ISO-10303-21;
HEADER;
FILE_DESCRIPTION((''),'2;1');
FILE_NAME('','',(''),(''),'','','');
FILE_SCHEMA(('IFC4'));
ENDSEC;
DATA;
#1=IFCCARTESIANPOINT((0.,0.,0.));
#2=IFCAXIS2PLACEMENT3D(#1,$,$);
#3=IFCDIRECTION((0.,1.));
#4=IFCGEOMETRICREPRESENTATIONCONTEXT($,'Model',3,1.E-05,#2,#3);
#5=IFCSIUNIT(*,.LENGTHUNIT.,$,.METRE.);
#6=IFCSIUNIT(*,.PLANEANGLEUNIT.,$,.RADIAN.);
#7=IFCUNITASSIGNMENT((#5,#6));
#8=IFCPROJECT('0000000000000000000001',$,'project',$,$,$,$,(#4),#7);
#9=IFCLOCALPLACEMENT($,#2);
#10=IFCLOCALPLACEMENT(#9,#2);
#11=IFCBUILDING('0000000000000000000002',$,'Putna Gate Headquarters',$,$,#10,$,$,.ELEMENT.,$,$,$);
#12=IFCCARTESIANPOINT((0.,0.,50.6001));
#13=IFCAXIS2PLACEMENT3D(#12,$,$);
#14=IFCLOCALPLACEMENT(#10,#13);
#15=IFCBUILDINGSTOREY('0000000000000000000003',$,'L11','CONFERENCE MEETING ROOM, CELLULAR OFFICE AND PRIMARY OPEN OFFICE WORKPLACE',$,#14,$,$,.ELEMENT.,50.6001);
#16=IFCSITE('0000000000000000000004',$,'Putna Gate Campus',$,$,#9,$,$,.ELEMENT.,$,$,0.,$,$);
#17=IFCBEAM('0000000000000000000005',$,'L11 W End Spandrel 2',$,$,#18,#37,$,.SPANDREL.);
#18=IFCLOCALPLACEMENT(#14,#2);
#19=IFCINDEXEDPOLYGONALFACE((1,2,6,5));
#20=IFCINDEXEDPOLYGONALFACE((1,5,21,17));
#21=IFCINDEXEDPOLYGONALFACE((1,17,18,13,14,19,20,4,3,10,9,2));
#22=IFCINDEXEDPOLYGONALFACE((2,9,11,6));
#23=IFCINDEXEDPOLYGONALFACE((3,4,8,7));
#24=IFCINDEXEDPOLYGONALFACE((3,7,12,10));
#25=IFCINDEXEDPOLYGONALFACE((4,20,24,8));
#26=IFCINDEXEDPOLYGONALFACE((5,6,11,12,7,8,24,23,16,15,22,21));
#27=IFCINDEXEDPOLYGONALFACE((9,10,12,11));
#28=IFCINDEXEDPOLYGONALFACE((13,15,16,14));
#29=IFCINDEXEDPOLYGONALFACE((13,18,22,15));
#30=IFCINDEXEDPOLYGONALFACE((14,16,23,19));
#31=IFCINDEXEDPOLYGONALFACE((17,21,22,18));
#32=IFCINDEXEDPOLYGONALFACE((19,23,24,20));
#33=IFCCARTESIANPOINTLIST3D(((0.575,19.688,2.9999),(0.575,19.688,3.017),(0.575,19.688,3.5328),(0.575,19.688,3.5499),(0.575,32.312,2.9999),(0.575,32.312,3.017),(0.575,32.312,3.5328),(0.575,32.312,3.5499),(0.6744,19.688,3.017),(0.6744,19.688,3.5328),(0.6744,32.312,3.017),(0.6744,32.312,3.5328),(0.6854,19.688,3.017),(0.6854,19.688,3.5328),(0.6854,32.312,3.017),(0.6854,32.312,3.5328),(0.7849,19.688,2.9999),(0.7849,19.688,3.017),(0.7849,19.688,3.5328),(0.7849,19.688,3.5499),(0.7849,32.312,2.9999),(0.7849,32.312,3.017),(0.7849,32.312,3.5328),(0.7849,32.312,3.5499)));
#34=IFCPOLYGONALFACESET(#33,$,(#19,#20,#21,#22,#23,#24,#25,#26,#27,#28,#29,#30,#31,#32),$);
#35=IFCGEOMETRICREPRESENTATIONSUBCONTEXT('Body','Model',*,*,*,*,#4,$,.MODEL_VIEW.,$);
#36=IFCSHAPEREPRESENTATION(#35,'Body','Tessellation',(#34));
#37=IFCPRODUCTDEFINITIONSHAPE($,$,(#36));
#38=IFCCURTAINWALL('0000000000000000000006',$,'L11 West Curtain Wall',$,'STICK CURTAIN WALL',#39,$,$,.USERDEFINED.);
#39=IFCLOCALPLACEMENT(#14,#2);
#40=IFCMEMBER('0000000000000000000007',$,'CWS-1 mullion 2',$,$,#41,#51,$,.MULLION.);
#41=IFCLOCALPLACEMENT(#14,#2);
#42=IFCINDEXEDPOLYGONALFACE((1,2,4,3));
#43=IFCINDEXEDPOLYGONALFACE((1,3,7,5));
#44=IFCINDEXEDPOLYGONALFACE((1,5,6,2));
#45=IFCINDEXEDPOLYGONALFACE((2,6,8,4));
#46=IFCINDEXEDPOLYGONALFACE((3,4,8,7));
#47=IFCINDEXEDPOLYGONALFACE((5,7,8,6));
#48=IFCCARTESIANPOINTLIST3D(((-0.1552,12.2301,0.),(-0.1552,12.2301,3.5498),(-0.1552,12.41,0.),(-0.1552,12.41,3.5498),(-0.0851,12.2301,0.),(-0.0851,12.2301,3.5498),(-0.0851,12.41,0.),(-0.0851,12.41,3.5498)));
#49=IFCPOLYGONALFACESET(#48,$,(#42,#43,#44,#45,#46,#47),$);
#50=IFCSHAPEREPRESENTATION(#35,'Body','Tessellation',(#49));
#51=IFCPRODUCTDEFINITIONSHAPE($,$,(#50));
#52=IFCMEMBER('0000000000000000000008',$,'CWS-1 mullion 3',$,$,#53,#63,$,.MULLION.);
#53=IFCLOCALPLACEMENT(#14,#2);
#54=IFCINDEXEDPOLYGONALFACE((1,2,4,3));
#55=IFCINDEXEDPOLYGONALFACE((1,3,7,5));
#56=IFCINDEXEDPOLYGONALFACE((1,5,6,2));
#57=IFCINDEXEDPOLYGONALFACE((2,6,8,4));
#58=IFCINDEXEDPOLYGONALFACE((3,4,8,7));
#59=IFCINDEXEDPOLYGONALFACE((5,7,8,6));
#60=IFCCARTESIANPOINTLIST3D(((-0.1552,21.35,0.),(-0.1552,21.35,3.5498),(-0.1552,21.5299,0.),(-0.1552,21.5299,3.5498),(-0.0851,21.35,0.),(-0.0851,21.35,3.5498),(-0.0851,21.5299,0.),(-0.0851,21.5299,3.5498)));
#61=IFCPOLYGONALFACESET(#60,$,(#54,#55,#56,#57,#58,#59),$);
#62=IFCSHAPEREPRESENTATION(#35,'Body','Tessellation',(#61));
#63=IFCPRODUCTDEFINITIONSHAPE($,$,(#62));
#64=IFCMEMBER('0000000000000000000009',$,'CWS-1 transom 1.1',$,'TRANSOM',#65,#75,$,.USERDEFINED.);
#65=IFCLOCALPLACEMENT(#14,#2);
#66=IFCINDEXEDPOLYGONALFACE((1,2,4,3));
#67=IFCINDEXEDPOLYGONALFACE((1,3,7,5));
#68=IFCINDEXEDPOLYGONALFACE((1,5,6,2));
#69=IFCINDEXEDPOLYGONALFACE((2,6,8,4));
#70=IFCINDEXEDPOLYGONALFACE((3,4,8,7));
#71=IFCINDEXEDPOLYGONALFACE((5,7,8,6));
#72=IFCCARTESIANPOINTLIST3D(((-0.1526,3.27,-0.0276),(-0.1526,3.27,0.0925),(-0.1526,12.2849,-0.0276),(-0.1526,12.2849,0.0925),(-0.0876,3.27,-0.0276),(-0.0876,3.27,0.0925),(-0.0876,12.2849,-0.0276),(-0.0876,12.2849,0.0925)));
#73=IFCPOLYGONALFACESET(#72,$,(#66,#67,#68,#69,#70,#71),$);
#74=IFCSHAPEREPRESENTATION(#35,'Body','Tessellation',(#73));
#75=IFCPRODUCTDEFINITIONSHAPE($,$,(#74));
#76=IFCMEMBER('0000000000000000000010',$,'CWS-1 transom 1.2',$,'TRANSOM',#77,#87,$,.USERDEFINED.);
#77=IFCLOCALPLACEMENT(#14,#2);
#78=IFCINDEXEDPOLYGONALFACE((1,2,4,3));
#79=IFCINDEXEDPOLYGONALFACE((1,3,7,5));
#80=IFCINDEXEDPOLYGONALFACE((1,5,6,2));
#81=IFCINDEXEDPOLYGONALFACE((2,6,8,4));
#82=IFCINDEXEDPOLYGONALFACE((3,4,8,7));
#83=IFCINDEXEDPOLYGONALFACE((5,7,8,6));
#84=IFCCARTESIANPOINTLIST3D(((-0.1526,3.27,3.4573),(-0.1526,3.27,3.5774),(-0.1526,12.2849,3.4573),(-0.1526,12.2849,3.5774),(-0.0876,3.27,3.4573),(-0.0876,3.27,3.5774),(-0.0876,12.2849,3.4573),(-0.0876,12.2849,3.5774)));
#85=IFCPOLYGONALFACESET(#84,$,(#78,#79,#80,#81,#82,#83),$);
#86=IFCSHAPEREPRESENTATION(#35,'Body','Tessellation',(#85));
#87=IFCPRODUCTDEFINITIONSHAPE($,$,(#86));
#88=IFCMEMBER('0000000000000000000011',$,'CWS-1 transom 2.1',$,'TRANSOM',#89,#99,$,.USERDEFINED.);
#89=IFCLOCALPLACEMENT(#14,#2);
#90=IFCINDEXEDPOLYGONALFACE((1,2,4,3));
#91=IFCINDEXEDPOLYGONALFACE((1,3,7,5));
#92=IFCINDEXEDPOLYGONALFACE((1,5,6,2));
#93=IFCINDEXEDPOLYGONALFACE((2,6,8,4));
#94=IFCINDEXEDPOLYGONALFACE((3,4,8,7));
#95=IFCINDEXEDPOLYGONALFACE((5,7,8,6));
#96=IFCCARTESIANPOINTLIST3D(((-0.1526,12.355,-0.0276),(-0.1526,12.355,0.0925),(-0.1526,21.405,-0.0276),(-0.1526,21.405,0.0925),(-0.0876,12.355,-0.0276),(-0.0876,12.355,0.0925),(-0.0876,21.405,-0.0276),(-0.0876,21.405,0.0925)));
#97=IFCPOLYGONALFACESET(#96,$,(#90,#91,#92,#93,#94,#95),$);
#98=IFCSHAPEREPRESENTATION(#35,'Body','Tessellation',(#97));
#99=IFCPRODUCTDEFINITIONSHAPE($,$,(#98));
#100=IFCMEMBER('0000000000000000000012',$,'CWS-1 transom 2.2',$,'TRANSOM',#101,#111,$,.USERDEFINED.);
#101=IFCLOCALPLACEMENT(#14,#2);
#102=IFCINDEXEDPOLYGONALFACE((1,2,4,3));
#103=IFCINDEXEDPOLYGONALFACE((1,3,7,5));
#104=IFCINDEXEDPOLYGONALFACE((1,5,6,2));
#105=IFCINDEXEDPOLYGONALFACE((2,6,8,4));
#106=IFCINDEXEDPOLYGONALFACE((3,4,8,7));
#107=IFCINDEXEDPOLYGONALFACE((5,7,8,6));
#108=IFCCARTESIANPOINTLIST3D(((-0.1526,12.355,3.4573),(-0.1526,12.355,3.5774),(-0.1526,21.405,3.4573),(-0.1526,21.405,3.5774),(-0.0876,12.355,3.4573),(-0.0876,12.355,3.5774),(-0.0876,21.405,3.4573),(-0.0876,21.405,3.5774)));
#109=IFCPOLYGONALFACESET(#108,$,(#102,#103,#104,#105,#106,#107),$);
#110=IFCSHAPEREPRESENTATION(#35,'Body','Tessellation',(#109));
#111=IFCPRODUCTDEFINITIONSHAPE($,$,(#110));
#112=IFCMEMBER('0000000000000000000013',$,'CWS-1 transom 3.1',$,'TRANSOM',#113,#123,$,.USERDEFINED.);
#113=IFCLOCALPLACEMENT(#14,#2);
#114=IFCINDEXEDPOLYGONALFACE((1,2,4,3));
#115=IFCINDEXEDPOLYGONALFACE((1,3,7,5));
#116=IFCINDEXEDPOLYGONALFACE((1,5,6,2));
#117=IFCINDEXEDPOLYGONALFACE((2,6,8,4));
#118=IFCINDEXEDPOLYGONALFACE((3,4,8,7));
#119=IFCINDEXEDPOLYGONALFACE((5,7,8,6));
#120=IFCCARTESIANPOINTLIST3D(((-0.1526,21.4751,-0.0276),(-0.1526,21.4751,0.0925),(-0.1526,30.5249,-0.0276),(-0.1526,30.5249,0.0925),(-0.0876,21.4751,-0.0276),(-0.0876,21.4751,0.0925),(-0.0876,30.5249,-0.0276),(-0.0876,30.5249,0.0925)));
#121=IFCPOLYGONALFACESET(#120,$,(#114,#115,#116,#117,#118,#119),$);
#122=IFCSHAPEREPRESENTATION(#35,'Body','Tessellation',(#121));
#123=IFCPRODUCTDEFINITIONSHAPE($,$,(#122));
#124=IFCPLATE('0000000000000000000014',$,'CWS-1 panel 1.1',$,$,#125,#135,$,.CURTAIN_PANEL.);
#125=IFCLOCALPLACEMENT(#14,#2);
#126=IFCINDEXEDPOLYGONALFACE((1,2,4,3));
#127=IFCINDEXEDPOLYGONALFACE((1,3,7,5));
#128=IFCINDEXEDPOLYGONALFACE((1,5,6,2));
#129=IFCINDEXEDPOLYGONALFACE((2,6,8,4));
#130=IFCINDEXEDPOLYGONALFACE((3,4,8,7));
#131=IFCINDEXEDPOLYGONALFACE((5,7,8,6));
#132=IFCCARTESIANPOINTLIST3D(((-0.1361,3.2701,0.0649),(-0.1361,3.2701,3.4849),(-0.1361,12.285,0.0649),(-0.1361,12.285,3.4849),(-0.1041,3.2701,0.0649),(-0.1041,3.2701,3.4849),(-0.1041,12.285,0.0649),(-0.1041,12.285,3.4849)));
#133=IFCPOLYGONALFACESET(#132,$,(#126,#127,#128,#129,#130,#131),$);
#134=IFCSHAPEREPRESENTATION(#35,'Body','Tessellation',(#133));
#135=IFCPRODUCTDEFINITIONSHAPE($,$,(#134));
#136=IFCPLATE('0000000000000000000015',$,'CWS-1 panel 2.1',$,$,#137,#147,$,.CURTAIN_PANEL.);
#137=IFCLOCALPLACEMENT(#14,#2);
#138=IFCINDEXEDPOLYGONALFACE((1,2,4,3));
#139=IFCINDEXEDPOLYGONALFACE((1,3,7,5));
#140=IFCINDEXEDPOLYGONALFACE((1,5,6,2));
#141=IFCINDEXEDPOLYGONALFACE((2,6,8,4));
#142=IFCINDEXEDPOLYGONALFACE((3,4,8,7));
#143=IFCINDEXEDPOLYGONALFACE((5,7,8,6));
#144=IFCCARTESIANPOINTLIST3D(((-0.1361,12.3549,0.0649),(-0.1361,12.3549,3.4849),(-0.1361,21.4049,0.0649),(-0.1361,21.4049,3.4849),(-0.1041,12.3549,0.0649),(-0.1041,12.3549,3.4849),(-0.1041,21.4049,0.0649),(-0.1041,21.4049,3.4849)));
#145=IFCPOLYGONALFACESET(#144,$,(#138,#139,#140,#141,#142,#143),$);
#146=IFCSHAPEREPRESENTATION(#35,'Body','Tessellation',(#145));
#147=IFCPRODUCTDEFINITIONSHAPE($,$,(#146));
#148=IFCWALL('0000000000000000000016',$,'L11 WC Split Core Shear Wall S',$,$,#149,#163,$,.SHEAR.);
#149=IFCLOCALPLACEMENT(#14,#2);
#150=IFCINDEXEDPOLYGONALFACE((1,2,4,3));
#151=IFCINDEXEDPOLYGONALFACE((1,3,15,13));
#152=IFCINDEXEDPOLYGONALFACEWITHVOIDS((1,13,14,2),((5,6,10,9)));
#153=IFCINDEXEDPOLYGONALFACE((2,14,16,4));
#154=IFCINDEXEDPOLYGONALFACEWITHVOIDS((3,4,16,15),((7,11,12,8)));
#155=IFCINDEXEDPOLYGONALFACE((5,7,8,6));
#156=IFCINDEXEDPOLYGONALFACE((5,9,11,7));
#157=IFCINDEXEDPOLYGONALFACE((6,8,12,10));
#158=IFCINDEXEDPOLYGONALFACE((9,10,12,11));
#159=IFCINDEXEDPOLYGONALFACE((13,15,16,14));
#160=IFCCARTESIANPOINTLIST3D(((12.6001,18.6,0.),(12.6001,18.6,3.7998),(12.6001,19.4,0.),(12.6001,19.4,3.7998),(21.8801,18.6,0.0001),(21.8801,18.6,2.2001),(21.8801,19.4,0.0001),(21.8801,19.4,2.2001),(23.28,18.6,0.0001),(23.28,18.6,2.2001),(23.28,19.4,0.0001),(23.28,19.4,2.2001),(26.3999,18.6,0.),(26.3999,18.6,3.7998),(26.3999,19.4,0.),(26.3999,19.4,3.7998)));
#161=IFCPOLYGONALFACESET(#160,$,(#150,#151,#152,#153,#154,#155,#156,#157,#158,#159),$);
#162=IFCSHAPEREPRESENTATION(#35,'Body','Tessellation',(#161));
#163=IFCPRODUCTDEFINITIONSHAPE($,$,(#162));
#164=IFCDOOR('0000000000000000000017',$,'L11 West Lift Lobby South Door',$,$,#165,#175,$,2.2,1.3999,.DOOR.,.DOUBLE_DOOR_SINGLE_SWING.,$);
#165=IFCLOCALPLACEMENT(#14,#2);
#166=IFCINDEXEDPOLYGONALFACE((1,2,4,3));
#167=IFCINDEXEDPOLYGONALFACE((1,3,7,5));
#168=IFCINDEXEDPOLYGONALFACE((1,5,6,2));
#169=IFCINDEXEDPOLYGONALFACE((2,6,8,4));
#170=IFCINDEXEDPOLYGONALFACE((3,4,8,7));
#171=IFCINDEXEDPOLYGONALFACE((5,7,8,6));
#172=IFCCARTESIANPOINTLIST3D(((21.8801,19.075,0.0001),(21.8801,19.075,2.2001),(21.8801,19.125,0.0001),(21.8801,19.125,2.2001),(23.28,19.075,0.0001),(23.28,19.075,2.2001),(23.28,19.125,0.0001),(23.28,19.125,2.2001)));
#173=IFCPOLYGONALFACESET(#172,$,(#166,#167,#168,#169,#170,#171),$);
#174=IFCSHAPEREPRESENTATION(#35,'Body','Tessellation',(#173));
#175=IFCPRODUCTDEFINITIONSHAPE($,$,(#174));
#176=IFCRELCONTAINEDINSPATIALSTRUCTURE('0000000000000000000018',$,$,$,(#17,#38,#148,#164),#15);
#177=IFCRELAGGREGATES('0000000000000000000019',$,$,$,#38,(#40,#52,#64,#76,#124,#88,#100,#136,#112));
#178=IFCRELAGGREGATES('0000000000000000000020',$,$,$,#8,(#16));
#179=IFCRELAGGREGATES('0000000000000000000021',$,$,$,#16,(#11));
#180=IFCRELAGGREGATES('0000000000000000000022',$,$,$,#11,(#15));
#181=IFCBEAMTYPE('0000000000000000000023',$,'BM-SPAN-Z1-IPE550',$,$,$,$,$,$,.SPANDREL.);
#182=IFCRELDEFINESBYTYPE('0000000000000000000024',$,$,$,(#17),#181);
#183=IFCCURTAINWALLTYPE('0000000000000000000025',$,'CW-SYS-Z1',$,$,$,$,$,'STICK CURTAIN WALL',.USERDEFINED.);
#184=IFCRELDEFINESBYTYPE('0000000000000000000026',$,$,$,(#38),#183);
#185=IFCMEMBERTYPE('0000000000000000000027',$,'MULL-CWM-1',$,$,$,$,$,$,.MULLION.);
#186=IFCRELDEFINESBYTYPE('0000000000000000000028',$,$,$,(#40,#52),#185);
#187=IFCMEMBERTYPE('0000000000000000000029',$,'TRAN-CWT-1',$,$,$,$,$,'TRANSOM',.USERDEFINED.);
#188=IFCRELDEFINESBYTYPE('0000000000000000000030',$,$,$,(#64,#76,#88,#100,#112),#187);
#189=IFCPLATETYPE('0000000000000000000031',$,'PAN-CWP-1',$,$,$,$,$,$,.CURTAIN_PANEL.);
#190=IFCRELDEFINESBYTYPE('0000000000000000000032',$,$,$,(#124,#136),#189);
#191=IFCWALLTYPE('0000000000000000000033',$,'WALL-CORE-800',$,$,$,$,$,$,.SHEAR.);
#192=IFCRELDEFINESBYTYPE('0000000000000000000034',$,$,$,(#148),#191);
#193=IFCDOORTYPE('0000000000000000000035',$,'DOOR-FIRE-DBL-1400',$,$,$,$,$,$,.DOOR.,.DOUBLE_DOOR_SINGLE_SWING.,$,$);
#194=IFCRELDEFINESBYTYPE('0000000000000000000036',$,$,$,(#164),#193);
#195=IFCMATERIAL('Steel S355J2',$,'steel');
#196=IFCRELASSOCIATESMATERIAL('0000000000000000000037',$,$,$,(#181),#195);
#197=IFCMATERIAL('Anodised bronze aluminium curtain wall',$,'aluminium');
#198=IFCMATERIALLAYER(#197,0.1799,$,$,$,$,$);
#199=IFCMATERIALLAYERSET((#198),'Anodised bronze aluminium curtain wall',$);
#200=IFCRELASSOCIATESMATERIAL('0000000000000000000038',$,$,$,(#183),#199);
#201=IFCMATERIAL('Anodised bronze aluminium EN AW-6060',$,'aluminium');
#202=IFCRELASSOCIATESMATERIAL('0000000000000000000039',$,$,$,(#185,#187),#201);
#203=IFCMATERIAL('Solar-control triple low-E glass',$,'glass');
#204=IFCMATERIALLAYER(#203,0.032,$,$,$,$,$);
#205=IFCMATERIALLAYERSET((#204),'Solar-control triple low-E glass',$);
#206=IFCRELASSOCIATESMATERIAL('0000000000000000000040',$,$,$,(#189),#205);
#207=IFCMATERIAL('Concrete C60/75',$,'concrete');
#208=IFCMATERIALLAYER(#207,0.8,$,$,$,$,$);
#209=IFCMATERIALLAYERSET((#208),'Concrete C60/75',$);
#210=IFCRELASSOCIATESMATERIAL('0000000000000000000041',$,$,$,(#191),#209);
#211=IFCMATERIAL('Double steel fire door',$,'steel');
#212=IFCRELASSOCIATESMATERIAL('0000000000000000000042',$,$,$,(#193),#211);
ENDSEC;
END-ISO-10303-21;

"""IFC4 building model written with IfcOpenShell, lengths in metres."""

from ifc_helpers import new_model, si_unit, direction, frame, frame_2d, origin, origin_2d, place, context, subcontext, project, spatial, rectangle, i_section, extrude, material, layer, layer_set, material_profile, profile_set, type_object, element, fill, aggregate, save


model = new_model("IFC4")

# Units and contexts
model_context = context("Model", 3, precision=1e-05, world=origin(), true_north=direction((0.0, 1.0)))
body_context = subcontext(model_context, "Body", "Model", "MODEL_VIEW")
ifc_project = project(units=[si_unit("LENGTHUNIT", "METRE"), si_unit("PLANEANGLEUNIT", "RADIAN")], contexts=[model_context])

# Site, building, storey
site_placement = place(None, origin())
site = spatial("IfcSite", under=ifc_project, at=site_placement, Name="Putna Gate Campus", CompositionType="ELEMENT", RefElevation=0.0)
building_placement = place(site_placement, origin())
building = spatial("IfcBuilding", under=site, at=building_placement, Name="Putna Gate Headquarters", CompositionType="ELEMENT")
storey_placement = place(building_placement, frame((0.0, 0.0, 50.6001)))
storey = spatial("IfcBuildingStorey", under=building, at=storey_placement, Name="L11", Description="CONFERENCE MEETING ROOM, CELLULAR OFFICE AND PRIMARY OPEN OFFICE WORKPLACE", CompositionType="ELEMENT", Elevation=50.6001)

# Shared definitions
ifc_material_1 = material(Name="Concrete C60/75", Category="concrete")

# Beam
ifc_material_2 = material(Name="Steel S355J2", Category="steel")
ifc_material_profile_1 = material_profile(ifc_material_2, i_section(OverallWidth=0.21, OverallDepth=0.55, WebThickness=0.011, FlangeThickness=0.0171, at=origin_2d()), Name="Steel S355J2")
ifc_profile_set_1 = profile_set([ifc_material_profile_1], Name="Steel S355J2")
beam_type_1 = type_object("IfcBeamType", Name="BM-SPAN-Z1-IPE550", PredefinedType="SPANDREL", material=ifc_profile_set_1)
beam_1_placement = place(storey_placement, frame((0.6799, 19.688, 3.2749), z_axis=(0.0, 1.0, 0.0), x_axis=(-1.0, 0.0, 0.0)))
element("IfcBeam", 1, at=beam_1_placement, inside=storey, type_object=beam_type_1, Name="L11 W End Spandrel 2", PredefinedType="SPANDREL", context=body_context, shape_type="SweptSolid", body=[
    extrude(i_section(OverallWidth=0.21, OverallDepth=0.55, WebThickness=0.011, FlangeThickness=0.0171, at=origin_2d()), origin(), (0.0, 0.0, 1.0), 12.624),
])

# Curtain wall, members, plates
ifc_material_3 = material(Name="Anodised bronze aluminium curtain wall", Category="aluminium")
ifc_layer_1 = layer(ifc_material_3, 0.1799)
ifc_layer_set_1 = layer_set([ifc_layer_1], Name="Anodised bronze aluminium curtain wall")
curtain_wall_type = type_object("IfcCurtainWallType", Name="CW-SYS-Z1", ElementType="STICK CURTAIN WALL", PredefinedType="USERDEFINED", material=ifc_layer_set_1)
curtain_wall_placement = place(storey_placement, origin())
curtain_wall = element("IfcCurtainWall", 2, at=curtain_wall_placement, inside=storey, type_object=curtain_wall_type, Name="L11 West Curtain Wall", ObjectType="STICK CURTAIN WALL", PredefinedType="USERDEFINED")
ifc_material_4 = material(Name="Anodised bronze aluminium EN AW-6060", Category="aluminium")
ifc_material_profile_2 = material_profile(ifc_material_4, rectangle(XDim=0.0701, YDim=0.1799, at=origin_2d()), Name="Anodised bronze aluminium EN AW-6060")
ifc_profile_set_2 = profile_set([ifc_material_profile_2], Name="Anodised bronze aluminium EN AW-6060")
member_type_1 = type_object("IfcMemberType", Name="MULL-CWM-1", PredefinedType="MULLION", material=ifc_profile_set_2)
member_1_placement = place(storey_placement, frame((-0.1201, 12.3201, 0.0), z_axis=(0.0, 0.0, 1.0), x_axis=(-1.0, 0.0, 0.0)))
member_1 = element("IfcMember", 3, at=member_1_placement, type_object=member_type_1, Name="CWS-1 mullion 2", PredefinedType="MULLION", context=body_context, shape_type="SweptSolid", body=[
    extrude(rectangle(XDim=0.0701, YDim=0.1799, at=origin_2d()), origin(), (0.0, 0.0, 1.0), 3.5498),
])
member_2_placement = place(storey_placement, frame((-0.1201, 21.4399, 0.0), z_axis=(0.0, 0.0, 1.0), x_axis=(-1.0, 0.0, 0.0)))
member_2 = element("IfcMember", 4, at=member_2_placement, type_object=member_type_1, Name="CWS-1 mullion 3", PredefinedType="MULLION", context=body_context, shape_type="SweptSolid", body=[
    extrude(rectangle(XDim=0.0701, YDim=0.1799, at=origin_2d()), origin(), (0.0, 0.0, 1.0), 3.5498),
])
ifc_material_profile_3 = material_profile(ifc_material_4, rectangle(XDim=0.0649, YDim=0.1201, at=origin_2d()), Name="Anodised bronze aluminium EN AW-6060")
ifc_profile_set_3 = profile_set([ifc_material_profile_3], Name="Anodised bronze aluminium EN AW-6060")
member_type_2 = type_object("IfcMemberType", Name="TRAN-CWT-1", ElementType="TRANSOM", PredefinedType="USERDEFINED", material=ifc_profile_set_3)
member_3_placement = place(storey_placement, frame((-0.1201, 3.27, 0.0325), z_axis=(0.0, 1.0, 0.0), x_axis=(-1.0, 0.0, 0.0)))
member_3 = element("IfcMember", 5, at=member_3_placement, type_object=member_type_2, Name="CWS-1 transom 1.1", ObjectType="TRANSOM", PredefinedType="USERDEFINED", context=body_context, shape_type="SweptSolid", body=[
    extrude(rectangle(XDim=0.0649, YDim=0.1201, at=origin_2d()), origin(), (0.0, 0.0, 1.0), 9.0149),
])
member_4_placement = place(storey_placement, frame((-0.1201, 3.27, 3.5173), z_axis=(0.0, 1.0, 0.0), x_axis=(-1.0, 0.0, 0.0)))
member_4 = element("IfcMember", 6, at=member_4_placement, type_object=member_type_2, Name="CWS-1 transom 1.2", ObjectType="TRANSOM", PredefinedType="USERDEFINED", context=body_context, shape_type="SweptSolid", body=[
    extrude(rectangle(XDim=0.0649, YDim=0.1201, at=origin_2d()), origin(), (0.0, 0.0, 1.0), 9.0149),
])
member_5_placement = place(storey_placement, frame((-0.1201, 12.355, 0.0325), z_axis=(0.0, 1.0, 0.0), x_axis=(-1.0, 0.0, 0.0)))
member_5 = element("IfcMember", 7, at=member_5_placement, type_object=member_type_2, Name="CWS-1 transom 2.1", ObjectType="TRANSOM", PredefinedType="USERDEFINED", context=body_context, shape_type="SweptSolid", body=[
    extrude(rectangle(XDim=0.0649, YDim=0.1201, at=origin_2d()), origin(), (0.0, 0.0, 1.0), 9.05),
])
member_6_placement = place(storey_placement, frame((-0.1201, 12.355, 3.5173), z_axis=(0.0, 1.0, 0.0), x_axis=(-1.0, 0.0, 0.0)))
member_6 = element("IfcMember", 8, at=member_6_placement, type_object=member_type_2, Name="CWS-1 transom 2.2", ObjectType="TRANSOM", PredefinedType="USERDEFINED", context=body_context, shape_type="SweptSolid", body=[
    extrude(rectangle(XDim=0.0649, YDim=0.1201, at=origin_2d()), origin(), (0.0, 0.0, 1.0), 9.05),
])
member_7_placement = place(storey_placement, frame((-0.1201, 21.4751, 0.0325), z_axis=(0.0, 1.0, 0.0), x_axis=(-1.0, 0.0, 0.0)))
member_7 = element("IfcMember", 9, at=member_7_placement, type_object=member_type_2, Name="CWS-1 transom 3.1", ObjectType="TRANSOM", PredefinedType="USERDEFINED", context=body_context, shape_type="SweptSolid", body=[
    extrude(rectangle(XDim=0.0649, YDim=0.1201, at=origin_2d()), origin(), (0.0, 0.0, 1.0), 9.0498),
])
ifc_material_5 = material(Name="Solar-control triple low-E glass", Category="glass")
ifc_layer_2 = layer(ifc_material_5, 0.032)
ifc_layer_set_2 = layer_set([ifc_layer_2], Name="Solar-control triple low-E glass")
plate_type = type_object("IfcPlateType", Name="PAN-CWP-1", PredefinedType="CURTAIN_PANEL", material=ifc_layer_set_2)
plate_1_placement = place(storey_placement, frame((-0.1201, 7.7776, 0.0649), z_axis=(0.0, 0.0, 1.0), x_axis=(0.0, 1.0, 0.0)))
plate_1 = element("IfcPlate", 10, at=plate_1_placement, type_object=plate_type, Name="CWS-1 panel 1.1", PredefinedType="CURTAIN_PANEL", context=body_context, shape_type="SweptSolid", body=[
    extrude(rectangle(XDim=9.0149, YDim=0.032, at=origin_2d()), origin(), (0.0, 0.0, 1.0), 3.4199),
])
plate_2_placement = place(storey_placement, frame((-0.1201, 16.8799, 0.0649), z_axis=(0.0, 0.0, 1.0), x_axis=(0.0, 1.0, 0.0)))
plate_2 = element("IfcPlate", 11, at=plate_2_placement, type_object=plate_type, Name="CWS-1 panel 2.1", PredefinedType="CURTAIN_PANEL", context=body_context, shape_type="SweptSolid", body=[
    extrude(rectangle(XDim=9.05, YDim=0.032, at=origin_2d()), origin(), (0.0, 0.0, 1.0), 3.4199),
])
aggregate(curtain_wall, [member_1, member_2, member_3, member_4, plate_1, member_5, member_6, plate_2, member_7])

# Wall, opening, door
ifc_layer_3 = layer(ifc_material_1, 0.8)
ifc_layer_set_3 = layer_set([ifc_layer_3], Name="Concrete C60/75")
wall_type_1 = type_object("IfcWallType", Name="WALL-CORE-800", PredefinedType="SHEAR", material=ifc_layer_set_3)
wall_1_placement = place(storey_placement, frame((12.6001, 19.0, 0.0), z_axis=(0.0, 0.0, 1.0), x_axis=(1.0, 0.0, 0.0)))
wall_1 = element("IfcWall", 12, at=wall_1_placement, inside=storey, type_object=wall_type_1, Name="L11 WC Split Core Shear Wall S", PredefinedType="SHEAR", context=body_context, shape_type="SweptSolid", body=[
    extrude(rectangle(XDim=13.7998, YDim=0.8, at=frame_2d((6.8999, 0.0))), origin(), (0.0, 0.0, 1.0), 3.7998),
])
opening_1_placement = place(wall_1_placement, frame((9.28, 0.0, 0.0)))
opening_1 = element("IfcOpeningElement", 13, at=opening_1_placement, cuts=wall_1, PredefinedType="OPENING", context=body_context, shape_type="SweptSolid", body=[
    extrude(rectangle(XDim=1.3999, YDim=2.2, at=frame_2d((0.7, 1.1001))), frame((0.0, 0.4099, 0.0), z_axis=(0.0, -1.0, 0.0), x_axis=(1.0, 0.0, 0.0)), (0.0, 0.0, 1.0), 0.8201),
])
ifc_material_6 = material(Name="Double steel fire door", Category="steel")
door_type_1 = type_object("IfcDoorType", Name="DOOR-FIRE-DBL-1400", OperationType="DOUBLE_DOOR_SINGLE_SWING", PredefinedType="DOOR", material=ifc_material_6)
door_1_placement = place(opening_1_placement, origin())
door_1 = element("IfcDoor", 14, at=door_1_placement, inside=storey, type_object=door_type_1, Name="L11 West Lift Lobby South Door", OperationType="DOUBLE_DOOR_SINGLE_SWING", OverallHeight=2.2, OverallWidth=1.3999, PredefinedType="DOOR", context=body_context, shape_type="SweptSolid", body=[
    extrude(rectangle(XDim=1.3999, YDim=2.2, at=frame_2d((0.7, 1.1001))), frame((0.0, 0.125, 0.0), z_axis=(0.0, -1.0, 0.0), x_axis=(1.0, 0.0, 0.0)), (0.0, 0.0, 1.0), 0.05),
])
fill(opening_1, door_1)

save(model, "model.ifc")
